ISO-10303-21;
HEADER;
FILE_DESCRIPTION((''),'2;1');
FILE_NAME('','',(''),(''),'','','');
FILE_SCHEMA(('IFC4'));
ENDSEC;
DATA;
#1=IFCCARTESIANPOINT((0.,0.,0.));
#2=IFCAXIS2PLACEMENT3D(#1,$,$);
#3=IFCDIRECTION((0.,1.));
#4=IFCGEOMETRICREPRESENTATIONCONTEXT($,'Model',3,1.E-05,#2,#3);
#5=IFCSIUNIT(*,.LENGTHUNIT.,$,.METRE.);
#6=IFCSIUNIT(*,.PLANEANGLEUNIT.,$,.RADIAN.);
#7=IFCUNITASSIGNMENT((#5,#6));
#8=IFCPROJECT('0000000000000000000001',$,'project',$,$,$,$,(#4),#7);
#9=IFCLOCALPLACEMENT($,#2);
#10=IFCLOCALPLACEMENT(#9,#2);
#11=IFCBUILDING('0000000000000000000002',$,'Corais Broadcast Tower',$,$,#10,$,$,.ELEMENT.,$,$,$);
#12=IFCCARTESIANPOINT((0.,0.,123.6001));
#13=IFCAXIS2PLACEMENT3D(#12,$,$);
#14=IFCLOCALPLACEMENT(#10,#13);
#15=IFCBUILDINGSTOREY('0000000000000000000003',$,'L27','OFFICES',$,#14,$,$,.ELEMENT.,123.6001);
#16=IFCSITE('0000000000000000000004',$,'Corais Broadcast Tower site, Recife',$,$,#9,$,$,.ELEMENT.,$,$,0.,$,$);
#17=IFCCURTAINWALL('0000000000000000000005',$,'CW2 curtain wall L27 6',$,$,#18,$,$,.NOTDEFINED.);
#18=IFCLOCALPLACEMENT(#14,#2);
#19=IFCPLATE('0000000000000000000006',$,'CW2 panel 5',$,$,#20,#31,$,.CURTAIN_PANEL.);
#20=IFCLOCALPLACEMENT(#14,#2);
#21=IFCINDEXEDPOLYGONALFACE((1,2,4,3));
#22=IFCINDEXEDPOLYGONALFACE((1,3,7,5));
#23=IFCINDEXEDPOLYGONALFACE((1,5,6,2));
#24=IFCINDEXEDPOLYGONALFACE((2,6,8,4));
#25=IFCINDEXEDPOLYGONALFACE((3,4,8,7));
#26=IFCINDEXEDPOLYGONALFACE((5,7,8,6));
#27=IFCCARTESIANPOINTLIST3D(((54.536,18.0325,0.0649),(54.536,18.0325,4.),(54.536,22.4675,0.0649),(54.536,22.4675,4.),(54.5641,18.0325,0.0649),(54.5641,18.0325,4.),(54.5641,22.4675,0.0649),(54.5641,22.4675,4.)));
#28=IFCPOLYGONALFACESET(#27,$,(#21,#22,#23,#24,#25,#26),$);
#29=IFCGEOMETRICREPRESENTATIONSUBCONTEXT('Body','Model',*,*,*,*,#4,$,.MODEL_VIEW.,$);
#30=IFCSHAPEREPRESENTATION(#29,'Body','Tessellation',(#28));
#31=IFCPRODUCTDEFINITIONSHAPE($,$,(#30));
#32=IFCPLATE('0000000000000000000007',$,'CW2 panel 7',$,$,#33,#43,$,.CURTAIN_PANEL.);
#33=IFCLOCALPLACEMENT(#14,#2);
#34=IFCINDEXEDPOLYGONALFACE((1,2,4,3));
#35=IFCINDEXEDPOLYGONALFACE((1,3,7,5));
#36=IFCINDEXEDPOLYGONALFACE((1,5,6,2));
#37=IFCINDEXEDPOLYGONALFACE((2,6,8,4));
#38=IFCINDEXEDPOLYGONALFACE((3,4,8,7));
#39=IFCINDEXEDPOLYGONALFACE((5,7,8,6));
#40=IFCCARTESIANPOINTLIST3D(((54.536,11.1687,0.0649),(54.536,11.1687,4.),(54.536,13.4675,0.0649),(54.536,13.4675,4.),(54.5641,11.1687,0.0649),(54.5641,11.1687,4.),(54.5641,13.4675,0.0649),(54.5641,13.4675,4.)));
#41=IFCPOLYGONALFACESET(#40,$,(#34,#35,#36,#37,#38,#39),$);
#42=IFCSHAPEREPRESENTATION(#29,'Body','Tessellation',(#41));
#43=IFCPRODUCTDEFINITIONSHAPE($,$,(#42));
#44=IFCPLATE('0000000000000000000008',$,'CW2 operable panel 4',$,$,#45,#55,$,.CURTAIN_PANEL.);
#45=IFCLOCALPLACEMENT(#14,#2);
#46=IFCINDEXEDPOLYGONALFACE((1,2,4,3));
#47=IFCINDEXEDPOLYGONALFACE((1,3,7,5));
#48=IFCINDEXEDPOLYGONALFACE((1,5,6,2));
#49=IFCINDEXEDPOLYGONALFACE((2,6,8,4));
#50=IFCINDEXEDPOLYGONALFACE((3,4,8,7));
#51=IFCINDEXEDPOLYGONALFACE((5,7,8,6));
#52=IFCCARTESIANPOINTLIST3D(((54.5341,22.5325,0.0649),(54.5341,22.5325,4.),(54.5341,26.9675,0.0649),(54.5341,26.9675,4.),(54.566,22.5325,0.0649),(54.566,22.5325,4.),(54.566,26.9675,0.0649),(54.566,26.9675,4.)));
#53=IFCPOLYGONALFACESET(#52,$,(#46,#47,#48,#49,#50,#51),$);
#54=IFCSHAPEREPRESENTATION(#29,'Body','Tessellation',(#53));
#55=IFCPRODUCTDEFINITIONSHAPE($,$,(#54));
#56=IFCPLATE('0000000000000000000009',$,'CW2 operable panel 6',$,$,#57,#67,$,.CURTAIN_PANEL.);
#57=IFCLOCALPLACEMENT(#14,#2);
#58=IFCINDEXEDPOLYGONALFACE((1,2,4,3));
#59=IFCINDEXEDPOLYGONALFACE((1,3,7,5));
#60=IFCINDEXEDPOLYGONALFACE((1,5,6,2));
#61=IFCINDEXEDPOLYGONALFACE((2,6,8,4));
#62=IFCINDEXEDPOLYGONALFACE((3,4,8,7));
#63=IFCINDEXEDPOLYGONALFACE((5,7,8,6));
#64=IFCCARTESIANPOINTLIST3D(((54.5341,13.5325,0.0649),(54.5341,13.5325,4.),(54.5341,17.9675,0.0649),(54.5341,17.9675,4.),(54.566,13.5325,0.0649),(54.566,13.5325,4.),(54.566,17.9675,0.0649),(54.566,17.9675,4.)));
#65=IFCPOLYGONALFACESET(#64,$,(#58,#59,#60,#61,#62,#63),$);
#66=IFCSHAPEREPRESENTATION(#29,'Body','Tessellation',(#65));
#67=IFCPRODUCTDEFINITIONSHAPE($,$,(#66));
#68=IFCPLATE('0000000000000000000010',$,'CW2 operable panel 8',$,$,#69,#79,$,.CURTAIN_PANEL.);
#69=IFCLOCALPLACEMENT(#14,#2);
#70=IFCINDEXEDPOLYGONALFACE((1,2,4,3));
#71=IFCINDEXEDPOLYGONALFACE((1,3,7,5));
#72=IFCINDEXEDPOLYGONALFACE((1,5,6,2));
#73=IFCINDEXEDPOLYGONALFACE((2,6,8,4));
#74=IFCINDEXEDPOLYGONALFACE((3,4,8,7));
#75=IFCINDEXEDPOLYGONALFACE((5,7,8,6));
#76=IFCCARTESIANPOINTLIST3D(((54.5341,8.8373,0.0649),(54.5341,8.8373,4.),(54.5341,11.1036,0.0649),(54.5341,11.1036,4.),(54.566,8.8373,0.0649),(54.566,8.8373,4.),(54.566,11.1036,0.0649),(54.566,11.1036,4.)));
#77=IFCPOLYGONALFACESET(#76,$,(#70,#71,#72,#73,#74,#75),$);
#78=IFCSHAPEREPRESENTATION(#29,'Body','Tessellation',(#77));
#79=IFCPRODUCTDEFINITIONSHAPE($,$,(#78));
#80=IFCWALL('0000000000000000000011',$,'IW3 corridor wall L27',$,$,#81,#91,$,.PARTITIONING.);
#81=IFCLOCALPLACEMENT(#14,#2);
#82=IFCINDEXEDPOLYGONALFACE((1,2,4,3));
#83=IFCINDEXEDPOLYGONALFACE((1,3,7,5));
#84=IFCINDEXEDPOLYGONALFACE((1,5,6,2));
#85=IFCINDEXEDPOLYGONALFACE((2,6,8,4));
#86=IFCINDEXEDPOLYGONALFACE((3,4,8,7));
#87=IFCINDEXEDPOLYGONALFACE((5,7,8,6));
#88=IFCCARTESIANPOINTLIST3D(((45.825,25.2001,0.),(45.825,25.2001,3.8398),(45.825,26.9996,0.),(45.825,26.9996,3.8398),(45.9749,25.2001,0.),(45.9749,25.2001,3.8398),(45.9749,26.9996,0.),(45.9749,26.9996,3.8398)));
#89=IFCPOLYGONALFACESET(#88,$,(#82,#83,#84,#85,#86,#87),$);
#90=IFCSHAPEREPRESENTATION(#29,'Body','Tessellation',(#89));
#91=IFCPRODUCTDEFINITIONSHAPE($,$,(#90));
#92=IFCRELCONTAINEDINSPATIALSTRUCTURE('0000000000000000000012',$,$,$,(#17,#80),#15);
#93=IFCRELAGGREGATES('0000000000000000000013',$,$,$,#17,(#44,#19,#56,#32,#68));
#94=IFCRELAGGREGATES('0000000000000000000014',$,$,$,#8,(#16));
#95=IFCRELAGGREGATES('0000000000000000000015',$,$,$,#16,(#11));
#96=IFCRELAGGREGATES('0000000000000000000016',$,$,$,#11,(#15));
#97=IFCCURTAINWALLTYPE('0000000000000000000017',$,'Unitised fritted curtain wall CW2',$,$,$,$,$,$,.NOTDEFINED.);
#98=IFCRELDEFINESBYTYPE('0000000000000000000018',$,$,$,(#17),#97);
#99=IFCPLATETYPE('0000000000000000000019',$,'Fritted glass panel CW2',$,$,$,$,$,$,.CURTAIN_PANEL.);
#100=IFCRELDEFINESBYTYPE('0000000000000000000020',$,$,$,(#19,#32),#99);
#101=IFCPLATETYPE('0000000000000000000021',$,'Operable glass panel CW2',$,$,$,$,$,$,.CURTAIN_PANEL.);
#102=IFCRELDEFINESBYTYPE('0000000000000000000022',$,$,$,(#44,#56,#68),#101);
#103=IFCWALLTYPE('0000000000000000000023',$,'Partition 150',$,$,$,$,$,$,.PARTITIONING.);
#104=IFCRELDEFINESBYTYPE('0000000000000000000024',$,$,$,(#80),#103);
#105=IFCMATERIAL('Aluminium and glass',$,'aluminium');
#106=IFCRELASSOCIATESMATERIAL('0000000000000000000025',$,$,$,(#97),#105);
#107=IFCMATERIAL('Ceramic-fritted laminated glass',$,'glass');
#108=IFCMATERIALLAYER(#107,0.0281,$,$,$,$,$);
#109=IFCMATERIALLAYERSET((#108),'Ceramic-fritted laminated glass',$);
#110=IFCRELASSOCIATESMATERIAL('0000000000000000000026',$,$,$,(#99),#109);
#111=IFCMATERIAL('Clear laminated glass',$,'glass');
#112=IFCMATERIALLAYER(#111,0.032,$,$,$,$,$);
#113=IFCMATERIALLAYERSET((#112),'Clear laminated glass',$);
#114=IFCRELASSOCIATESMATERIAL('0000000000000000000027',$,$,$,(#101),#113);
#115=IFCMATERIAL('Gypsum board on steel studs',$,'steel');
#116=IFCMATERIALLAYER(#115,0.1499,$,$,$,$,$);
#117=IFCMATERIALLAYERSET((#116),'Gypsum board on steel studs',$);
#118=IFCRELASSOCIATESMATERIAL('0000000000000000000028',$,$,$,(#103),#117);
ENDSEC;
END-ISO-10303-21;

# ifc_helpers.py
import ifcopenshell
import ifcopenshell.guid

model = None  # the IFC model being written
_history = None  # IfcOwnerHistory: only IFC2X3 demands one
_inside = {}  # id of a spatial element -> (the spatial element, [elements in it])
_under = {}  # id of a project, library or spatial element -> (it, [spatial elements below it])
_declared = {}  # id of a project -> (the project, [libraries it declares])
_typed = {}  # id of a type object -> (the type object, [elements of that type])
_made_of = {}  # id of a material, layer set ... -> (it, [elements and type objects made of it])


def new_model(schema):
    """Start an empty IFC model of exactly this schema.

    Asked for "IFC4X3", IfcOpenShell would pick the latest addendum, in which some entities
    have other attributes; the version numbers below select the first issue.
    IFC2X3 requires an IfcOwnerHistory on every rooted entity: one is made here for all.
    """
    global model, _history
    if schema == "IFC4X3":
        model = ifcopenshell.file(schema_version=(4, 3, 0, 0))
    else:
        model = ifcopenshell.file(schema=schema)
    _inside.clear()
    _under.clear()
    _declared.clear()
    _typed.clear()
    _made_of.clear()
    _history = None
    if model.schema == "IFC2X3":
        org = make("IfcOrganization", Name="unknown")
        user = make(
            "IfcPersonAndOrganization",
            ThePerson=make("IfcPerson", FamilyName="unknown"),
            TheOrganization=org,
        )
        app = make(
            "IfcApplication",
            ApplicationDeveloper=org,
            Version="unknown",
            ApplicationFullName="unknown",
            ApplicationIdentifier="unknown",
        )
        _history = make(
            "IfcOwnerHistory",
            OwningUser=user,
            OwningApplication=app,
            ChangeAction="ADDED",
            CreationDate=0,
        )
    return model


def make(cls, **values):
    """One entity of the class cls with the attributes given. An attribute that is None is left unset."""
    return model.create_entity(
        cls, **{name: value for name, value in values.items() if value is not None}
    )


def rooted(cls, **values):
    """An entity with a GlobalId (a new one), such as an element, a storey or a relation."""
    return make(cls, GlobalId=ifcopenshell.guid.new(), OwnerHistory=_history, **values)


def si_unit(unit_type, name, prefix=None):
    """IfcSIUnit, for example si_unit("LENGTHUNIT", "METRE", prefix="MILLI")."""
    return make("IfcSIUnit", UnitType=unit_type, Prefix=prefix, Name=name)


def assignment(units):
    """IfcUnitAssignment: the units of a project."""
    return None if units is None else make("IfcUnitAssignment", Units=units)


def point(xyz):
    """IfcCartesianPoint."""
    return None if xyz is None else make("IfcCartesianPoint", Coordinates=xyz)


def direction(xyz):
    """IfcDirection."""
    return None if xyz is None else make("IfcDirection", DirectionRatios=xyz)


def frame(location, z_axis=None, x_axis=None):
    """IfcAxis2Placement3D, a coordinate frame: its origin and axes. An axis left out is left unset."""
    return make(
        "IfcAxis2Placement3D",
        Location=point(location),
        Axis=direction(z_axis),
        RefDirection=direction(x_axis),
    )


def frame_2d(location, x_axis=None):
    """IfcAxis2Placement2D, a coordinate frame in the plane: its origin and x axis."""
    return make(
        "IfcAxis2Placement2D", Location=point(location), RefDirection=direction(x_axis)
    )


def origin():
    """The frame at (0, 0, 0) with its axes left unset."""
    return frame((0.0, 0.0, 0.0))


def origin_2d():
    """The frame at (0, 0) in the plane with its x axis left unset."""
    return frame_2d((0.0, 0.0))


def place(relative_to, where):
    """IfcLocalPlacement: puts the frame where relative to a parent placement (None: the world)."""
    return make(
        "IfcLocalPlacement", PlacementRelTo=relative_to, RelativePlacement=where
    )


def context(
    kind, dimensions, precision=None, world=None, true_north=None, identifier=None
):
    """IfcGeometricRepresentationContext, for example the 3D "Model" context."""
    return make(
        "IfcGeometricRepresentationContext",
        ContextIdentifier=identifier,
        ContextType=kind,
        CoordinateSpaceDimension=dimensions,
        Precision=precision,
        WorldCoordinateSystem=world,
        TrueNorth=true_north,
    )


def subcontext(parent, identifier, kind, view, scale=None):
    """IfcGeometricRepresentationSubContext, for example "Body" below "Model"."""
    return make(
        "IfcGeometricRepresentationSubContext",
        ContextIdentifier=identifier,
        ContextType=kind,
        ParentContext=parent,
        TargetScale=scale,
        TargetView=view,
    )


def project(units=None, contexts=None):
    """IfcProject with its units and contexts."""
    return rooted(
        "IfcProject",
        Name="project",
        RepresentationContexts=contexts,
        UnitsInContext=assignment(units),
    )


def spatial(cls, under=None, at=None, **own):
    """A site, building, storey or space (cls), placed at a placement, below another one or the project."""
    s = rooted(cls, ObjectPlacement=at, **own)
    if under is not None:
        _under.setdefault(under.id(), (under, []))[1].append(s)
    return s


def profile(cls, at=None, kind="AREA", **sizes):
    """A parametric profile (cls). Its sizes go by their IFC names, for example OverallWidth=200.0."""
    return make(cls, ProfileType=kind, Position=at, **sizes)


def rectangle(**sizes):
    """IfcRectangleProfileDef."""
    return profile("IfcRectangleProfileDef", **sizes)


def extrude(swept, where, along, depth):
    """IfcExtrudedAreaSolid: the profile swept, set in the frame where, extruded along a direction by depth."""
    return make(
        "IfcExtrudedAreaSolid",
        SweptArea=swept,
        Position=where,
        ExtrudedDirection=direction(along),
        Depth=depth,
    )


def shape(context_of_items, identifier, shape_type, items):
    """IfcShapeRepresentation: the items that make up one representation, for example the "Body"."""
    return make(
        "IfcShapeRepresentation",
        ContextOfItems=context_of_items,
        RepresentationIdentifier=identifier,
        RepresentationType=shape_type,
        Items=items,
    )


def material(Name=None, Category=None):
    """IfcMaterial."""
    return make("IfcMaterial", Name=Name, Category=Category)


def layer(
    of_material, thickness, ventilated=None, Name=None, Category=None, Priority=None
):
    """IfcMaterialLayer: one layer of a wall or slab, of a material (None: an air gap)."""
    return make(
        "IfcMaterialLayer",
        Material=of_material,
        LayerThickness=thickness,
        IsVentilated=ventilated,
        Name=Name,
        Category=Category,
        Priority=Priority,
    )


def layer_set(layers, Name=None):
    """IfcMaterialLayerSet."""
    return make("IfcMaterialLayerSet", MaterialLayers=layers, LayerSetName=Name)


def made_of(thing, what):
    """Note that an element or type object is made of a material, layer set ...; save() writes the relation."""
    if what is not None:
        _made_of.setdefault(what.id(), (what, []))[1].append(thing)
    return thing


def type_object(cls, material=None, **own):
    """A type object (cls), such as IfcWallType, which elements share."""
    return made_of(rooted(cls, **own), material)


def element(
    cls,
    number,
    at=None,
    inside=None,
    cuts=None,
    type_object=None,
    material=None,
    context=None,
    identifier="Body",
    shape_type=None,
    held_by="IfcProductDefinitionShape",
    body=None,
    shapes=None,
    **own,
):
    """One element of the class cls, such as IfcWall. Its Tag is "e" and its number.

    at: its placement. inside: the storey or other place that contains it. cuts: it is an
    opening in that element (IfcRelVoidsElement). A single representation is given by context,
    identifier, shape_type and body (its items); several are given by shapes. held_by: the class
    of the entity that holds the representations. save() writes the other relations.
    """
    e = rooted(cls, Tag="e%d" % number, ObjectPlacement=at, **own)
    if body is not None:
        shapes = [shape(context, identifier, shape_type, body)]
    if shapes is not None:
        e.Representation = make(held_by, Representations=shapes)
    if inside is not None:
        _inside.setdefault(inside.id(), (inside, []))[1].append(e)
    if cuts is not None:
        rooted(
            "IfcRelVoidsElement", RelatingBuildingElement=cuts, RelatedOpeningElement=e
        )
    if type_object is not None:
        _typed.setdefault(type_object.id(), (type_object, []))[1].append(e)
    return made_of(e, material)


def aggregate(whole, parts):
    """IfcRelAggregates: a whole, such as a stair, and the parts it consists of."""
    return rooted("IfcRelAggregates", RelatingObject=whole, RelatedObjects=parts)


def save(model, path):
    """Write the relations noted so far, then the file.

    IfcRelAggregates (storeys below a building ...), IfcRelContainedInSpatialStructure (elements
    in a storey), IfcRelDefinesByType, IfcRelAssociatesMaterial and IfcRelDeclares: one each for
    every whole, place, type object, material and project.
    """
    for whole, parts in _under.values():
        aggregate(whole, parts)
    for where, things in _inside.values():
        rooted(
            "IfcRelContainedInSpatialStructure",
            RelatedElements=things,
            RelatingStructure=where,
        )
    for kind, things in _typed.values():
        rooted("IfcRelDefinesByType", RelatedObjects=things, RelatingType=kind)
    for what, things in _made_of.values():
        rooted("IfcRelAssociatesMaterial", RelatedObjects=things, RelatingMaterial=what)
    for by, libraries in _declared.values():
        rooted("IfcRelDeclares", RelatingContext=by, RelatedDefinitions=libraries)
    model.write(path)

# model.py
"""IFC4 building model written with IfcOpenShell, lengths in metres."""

from ifc_helpers import new_model, si_unit, direction, frame, frame_2d, origin, origin_2d, place, context, subcontext, project, spatial, rectangle, extrude, material, layer, layer_set, type_object, element, aggregate, save


model = new_model("IFC4")

# Units and contexts
model_context = context("Model", 3, precision=1e-05, world=origin(), true_north=direction((0.0, 1.0)))
body_context = subcontext(model_context, "Body", "Model", "MODEL_VIEW")
ifc_project = project(units=[si_unit("LENGTHUNIT", "METRE"), si_unit("PLANEANGLEUNIT", "RADIAN")], contexts=[model_context])

# Site, building, storey
site_placement = place(None, origin())
site = spatial("IfcSite", under=ifc_project, at=site_placement, Name="Corais Broadcast Tower site, Recife", CompositionType="ELEMENT", RefElevation=0.0)
building_placement = place(site_placement, origin())
building = spatial("IfcBuilding", under=site, at=building_placement, Name="Corais Broadcast Tower", CompositionType="ELEMENT")
storey_placement = place(building_placement, frame((0.0, 0.0, 123.6001)))
storey = spatial("IfcBuildingStorey", under=building, at=storey_placement, Name="L27", Description="OFFICES", CompositionType="ELEMENT", Elevation=123.6001)

# Curtain wall
ifc_material_1 = material(Name="Aluminium and glass", Category="aluminium")
curtain_wall_type = type_object("IfcCurtainWallType", Name="Unitised fritted curtain wall CW2", PredefinedType="NOTDEFINED", material=ifc_material_1)
curtain_wall_placement = place(storey_placement, origin())
curtain_wall = element("IfcCurtainWall", 1, at=curtain_wall_placement, inside=storey, type_object=curtain_wall_type, Name="CW2 curtain wall L27 6", PredefinedType="NOTDEFINED")

# Plates
ifc_material_2 = material(Name="Ceramic-fritted laminated glass", Category="glass")
ifc_layer_1 = layer(ifc_material_2, 0.0281)
ifc_layer_set_1 = layer_set([ifc_layer_1], Name="Ceramic-fritted laminated glass")
plate_type_1 = type_object("IfcPlateType", Name="Fritted glass panel CW2", PredefinedType="CURTAIN_PANEL", material=ifc_layer_set_1)
plate_1_placement = place(storey_placement, frame((54.55, 20.25, 0.0649), z_axis=(0.0, 0.0, 1.0), x_axis=(0.0, -1.0, 0.0)))
plate_1 = element("IfcPlate", 2, at=plate_1_placement, type_object=plate_type_1, Name="CW2 panel 5", PredefinedType="CURTAIN_PANEL", context=body_context, shape_type="SweptSolid", body=[
    extrude(rectangle(XDim=4.4351, YDim=0.0281, at=origin_2d()), origin(), (0.0, 0.0, 1.0), 3.9351),
])
plate_2_placement = place(storey_placement, frame((54.55, 12.3181, 0.0649), z_axis=(0.0, 0.0, 1.0), x_axis=(0.0, -1.0, 0.0)))
plate_2 = element("IfcPlate", 3, at=plate_2_placement, type_object=plate_type_1, Name="CW2 panel 7", PredefinedType="CURTAIN_PANEL", context=body_context, shape_type="SweptSolid", body=[
    extrude(rectangle(XDim=2.2988, YDim=0.0281, at=origin_2d()), origin(), (0.0, 0.0, 1.0), 3.9351),
])
ifc_material_3 = material(Name="Clear laminated glass", Category="glass")
ifc_layer_2 = layer(ifc_material_3, 0.032)
ifc_layer_set_2 = layer_set([ifc_layer_2], Name="Clear laminated glass")
plate_type_2 = type_object("IfcPlateType", Name="Operable glass panel CW2", PredefinedType="CURTAIN_PANEL", material=ifc_layer_set_2)
plate_3_placement = place(storey_placement, frame((54.55, 24.75, 0.0649), z_axis=(0.0, 0.0, 1.0), x_axis=(0.0, -1.0, 0.0)))
plate_3 = element("IfcPlate", 4, at=plate_3_placement, type_object=plate_type_2, Name="CW2 operable panel 4", PredefinedType="CURTAIN_PANEL", context=body_context, shape_type="SweptSolid", body=[
    extrude(rectangle(XDim=4.4351, YDim=0.032, at=origin_2d()), origin(), (0.0, 0.0, 1.0), 3.9351),
])
plate_4_placement = place(storey_placement, frame((54.55, 15.75, 0.0649), z_axis=(0.0, 0.0, 1.0), x_axis=(0.0, -1.0, 0.0)))
plate_4 = element("IfcPlate", 5, at=plate_4_placement, type_object=plate_type_2, Name="CW2 operable panel 6", PredefinedType="CURTAIN_PANEL", context=body_context, shape_type="SweptSolid", body=[
    extrude(rectangle(XDim=4.4351, YDim=0.032, at=origin_2d()), origin(), (0.0, 0.0, 1.0), 3.9351),
])
plate_5_placement = place(storey_placement, frame((54.55, 9.9705, 0.0649), z_axis=(0.0, 0.0, 1.0), x_axis=(0.0, -1.0, 0.0)))
plate_5 = element("IfcPlate", 6, at=plate_5_placement, type_object=plate_type_2, Name="CW2 operable panel 8", PredefinedType="CURTAIN_PANEL", context=body_context, shape_type="SweptSolid", body=[
    extrude(rectangle(XDim=2.2664, YDim=0.032, at=origin_2d()), origin(), (0.0, 0.0, 1.0), 3.9351),
])
aggregate(curtain_wall, [plate_3, plate_1, plate_4, plate_2, plate_5])

# Wall
ifc_material_4 = material(Name="Gypsum board on steel studs", Category="steel")
ifc_layer_3 = layer(ifc_material_4, 0.1499)
ifc_layer_set_3 = layer_set([ifc_layer_3], Name="Gypsum board on steel studs")
wall_type = type_object("IfcWallType", Name="Partition 150", PredefinedType="PARTITIONING", material=ifc_layer_set_3)
wall_placement = place(storey_placement, frame((45.8999, 25.2, 0.0), z_axis=(0.0, 0.0, 1.0), x_axis=(0.0, 1.0, 0.0)))
element("IfcWall", 7, at=wall_placement, inside=storey, type_object=wall_type, Name="IW3 corridor wall L27", PredefinedType="PARTITIONING", context=body_context, shape_type="SweptSolid", body=[
    extrude(rectangle(XDim=1.7996, YDim=0.1499, at=frame_2d((0.8999, 0.0))), origin(), (0.0, 0.0, 1.0), 3.8398),
])

save(model, "model.ifc")
